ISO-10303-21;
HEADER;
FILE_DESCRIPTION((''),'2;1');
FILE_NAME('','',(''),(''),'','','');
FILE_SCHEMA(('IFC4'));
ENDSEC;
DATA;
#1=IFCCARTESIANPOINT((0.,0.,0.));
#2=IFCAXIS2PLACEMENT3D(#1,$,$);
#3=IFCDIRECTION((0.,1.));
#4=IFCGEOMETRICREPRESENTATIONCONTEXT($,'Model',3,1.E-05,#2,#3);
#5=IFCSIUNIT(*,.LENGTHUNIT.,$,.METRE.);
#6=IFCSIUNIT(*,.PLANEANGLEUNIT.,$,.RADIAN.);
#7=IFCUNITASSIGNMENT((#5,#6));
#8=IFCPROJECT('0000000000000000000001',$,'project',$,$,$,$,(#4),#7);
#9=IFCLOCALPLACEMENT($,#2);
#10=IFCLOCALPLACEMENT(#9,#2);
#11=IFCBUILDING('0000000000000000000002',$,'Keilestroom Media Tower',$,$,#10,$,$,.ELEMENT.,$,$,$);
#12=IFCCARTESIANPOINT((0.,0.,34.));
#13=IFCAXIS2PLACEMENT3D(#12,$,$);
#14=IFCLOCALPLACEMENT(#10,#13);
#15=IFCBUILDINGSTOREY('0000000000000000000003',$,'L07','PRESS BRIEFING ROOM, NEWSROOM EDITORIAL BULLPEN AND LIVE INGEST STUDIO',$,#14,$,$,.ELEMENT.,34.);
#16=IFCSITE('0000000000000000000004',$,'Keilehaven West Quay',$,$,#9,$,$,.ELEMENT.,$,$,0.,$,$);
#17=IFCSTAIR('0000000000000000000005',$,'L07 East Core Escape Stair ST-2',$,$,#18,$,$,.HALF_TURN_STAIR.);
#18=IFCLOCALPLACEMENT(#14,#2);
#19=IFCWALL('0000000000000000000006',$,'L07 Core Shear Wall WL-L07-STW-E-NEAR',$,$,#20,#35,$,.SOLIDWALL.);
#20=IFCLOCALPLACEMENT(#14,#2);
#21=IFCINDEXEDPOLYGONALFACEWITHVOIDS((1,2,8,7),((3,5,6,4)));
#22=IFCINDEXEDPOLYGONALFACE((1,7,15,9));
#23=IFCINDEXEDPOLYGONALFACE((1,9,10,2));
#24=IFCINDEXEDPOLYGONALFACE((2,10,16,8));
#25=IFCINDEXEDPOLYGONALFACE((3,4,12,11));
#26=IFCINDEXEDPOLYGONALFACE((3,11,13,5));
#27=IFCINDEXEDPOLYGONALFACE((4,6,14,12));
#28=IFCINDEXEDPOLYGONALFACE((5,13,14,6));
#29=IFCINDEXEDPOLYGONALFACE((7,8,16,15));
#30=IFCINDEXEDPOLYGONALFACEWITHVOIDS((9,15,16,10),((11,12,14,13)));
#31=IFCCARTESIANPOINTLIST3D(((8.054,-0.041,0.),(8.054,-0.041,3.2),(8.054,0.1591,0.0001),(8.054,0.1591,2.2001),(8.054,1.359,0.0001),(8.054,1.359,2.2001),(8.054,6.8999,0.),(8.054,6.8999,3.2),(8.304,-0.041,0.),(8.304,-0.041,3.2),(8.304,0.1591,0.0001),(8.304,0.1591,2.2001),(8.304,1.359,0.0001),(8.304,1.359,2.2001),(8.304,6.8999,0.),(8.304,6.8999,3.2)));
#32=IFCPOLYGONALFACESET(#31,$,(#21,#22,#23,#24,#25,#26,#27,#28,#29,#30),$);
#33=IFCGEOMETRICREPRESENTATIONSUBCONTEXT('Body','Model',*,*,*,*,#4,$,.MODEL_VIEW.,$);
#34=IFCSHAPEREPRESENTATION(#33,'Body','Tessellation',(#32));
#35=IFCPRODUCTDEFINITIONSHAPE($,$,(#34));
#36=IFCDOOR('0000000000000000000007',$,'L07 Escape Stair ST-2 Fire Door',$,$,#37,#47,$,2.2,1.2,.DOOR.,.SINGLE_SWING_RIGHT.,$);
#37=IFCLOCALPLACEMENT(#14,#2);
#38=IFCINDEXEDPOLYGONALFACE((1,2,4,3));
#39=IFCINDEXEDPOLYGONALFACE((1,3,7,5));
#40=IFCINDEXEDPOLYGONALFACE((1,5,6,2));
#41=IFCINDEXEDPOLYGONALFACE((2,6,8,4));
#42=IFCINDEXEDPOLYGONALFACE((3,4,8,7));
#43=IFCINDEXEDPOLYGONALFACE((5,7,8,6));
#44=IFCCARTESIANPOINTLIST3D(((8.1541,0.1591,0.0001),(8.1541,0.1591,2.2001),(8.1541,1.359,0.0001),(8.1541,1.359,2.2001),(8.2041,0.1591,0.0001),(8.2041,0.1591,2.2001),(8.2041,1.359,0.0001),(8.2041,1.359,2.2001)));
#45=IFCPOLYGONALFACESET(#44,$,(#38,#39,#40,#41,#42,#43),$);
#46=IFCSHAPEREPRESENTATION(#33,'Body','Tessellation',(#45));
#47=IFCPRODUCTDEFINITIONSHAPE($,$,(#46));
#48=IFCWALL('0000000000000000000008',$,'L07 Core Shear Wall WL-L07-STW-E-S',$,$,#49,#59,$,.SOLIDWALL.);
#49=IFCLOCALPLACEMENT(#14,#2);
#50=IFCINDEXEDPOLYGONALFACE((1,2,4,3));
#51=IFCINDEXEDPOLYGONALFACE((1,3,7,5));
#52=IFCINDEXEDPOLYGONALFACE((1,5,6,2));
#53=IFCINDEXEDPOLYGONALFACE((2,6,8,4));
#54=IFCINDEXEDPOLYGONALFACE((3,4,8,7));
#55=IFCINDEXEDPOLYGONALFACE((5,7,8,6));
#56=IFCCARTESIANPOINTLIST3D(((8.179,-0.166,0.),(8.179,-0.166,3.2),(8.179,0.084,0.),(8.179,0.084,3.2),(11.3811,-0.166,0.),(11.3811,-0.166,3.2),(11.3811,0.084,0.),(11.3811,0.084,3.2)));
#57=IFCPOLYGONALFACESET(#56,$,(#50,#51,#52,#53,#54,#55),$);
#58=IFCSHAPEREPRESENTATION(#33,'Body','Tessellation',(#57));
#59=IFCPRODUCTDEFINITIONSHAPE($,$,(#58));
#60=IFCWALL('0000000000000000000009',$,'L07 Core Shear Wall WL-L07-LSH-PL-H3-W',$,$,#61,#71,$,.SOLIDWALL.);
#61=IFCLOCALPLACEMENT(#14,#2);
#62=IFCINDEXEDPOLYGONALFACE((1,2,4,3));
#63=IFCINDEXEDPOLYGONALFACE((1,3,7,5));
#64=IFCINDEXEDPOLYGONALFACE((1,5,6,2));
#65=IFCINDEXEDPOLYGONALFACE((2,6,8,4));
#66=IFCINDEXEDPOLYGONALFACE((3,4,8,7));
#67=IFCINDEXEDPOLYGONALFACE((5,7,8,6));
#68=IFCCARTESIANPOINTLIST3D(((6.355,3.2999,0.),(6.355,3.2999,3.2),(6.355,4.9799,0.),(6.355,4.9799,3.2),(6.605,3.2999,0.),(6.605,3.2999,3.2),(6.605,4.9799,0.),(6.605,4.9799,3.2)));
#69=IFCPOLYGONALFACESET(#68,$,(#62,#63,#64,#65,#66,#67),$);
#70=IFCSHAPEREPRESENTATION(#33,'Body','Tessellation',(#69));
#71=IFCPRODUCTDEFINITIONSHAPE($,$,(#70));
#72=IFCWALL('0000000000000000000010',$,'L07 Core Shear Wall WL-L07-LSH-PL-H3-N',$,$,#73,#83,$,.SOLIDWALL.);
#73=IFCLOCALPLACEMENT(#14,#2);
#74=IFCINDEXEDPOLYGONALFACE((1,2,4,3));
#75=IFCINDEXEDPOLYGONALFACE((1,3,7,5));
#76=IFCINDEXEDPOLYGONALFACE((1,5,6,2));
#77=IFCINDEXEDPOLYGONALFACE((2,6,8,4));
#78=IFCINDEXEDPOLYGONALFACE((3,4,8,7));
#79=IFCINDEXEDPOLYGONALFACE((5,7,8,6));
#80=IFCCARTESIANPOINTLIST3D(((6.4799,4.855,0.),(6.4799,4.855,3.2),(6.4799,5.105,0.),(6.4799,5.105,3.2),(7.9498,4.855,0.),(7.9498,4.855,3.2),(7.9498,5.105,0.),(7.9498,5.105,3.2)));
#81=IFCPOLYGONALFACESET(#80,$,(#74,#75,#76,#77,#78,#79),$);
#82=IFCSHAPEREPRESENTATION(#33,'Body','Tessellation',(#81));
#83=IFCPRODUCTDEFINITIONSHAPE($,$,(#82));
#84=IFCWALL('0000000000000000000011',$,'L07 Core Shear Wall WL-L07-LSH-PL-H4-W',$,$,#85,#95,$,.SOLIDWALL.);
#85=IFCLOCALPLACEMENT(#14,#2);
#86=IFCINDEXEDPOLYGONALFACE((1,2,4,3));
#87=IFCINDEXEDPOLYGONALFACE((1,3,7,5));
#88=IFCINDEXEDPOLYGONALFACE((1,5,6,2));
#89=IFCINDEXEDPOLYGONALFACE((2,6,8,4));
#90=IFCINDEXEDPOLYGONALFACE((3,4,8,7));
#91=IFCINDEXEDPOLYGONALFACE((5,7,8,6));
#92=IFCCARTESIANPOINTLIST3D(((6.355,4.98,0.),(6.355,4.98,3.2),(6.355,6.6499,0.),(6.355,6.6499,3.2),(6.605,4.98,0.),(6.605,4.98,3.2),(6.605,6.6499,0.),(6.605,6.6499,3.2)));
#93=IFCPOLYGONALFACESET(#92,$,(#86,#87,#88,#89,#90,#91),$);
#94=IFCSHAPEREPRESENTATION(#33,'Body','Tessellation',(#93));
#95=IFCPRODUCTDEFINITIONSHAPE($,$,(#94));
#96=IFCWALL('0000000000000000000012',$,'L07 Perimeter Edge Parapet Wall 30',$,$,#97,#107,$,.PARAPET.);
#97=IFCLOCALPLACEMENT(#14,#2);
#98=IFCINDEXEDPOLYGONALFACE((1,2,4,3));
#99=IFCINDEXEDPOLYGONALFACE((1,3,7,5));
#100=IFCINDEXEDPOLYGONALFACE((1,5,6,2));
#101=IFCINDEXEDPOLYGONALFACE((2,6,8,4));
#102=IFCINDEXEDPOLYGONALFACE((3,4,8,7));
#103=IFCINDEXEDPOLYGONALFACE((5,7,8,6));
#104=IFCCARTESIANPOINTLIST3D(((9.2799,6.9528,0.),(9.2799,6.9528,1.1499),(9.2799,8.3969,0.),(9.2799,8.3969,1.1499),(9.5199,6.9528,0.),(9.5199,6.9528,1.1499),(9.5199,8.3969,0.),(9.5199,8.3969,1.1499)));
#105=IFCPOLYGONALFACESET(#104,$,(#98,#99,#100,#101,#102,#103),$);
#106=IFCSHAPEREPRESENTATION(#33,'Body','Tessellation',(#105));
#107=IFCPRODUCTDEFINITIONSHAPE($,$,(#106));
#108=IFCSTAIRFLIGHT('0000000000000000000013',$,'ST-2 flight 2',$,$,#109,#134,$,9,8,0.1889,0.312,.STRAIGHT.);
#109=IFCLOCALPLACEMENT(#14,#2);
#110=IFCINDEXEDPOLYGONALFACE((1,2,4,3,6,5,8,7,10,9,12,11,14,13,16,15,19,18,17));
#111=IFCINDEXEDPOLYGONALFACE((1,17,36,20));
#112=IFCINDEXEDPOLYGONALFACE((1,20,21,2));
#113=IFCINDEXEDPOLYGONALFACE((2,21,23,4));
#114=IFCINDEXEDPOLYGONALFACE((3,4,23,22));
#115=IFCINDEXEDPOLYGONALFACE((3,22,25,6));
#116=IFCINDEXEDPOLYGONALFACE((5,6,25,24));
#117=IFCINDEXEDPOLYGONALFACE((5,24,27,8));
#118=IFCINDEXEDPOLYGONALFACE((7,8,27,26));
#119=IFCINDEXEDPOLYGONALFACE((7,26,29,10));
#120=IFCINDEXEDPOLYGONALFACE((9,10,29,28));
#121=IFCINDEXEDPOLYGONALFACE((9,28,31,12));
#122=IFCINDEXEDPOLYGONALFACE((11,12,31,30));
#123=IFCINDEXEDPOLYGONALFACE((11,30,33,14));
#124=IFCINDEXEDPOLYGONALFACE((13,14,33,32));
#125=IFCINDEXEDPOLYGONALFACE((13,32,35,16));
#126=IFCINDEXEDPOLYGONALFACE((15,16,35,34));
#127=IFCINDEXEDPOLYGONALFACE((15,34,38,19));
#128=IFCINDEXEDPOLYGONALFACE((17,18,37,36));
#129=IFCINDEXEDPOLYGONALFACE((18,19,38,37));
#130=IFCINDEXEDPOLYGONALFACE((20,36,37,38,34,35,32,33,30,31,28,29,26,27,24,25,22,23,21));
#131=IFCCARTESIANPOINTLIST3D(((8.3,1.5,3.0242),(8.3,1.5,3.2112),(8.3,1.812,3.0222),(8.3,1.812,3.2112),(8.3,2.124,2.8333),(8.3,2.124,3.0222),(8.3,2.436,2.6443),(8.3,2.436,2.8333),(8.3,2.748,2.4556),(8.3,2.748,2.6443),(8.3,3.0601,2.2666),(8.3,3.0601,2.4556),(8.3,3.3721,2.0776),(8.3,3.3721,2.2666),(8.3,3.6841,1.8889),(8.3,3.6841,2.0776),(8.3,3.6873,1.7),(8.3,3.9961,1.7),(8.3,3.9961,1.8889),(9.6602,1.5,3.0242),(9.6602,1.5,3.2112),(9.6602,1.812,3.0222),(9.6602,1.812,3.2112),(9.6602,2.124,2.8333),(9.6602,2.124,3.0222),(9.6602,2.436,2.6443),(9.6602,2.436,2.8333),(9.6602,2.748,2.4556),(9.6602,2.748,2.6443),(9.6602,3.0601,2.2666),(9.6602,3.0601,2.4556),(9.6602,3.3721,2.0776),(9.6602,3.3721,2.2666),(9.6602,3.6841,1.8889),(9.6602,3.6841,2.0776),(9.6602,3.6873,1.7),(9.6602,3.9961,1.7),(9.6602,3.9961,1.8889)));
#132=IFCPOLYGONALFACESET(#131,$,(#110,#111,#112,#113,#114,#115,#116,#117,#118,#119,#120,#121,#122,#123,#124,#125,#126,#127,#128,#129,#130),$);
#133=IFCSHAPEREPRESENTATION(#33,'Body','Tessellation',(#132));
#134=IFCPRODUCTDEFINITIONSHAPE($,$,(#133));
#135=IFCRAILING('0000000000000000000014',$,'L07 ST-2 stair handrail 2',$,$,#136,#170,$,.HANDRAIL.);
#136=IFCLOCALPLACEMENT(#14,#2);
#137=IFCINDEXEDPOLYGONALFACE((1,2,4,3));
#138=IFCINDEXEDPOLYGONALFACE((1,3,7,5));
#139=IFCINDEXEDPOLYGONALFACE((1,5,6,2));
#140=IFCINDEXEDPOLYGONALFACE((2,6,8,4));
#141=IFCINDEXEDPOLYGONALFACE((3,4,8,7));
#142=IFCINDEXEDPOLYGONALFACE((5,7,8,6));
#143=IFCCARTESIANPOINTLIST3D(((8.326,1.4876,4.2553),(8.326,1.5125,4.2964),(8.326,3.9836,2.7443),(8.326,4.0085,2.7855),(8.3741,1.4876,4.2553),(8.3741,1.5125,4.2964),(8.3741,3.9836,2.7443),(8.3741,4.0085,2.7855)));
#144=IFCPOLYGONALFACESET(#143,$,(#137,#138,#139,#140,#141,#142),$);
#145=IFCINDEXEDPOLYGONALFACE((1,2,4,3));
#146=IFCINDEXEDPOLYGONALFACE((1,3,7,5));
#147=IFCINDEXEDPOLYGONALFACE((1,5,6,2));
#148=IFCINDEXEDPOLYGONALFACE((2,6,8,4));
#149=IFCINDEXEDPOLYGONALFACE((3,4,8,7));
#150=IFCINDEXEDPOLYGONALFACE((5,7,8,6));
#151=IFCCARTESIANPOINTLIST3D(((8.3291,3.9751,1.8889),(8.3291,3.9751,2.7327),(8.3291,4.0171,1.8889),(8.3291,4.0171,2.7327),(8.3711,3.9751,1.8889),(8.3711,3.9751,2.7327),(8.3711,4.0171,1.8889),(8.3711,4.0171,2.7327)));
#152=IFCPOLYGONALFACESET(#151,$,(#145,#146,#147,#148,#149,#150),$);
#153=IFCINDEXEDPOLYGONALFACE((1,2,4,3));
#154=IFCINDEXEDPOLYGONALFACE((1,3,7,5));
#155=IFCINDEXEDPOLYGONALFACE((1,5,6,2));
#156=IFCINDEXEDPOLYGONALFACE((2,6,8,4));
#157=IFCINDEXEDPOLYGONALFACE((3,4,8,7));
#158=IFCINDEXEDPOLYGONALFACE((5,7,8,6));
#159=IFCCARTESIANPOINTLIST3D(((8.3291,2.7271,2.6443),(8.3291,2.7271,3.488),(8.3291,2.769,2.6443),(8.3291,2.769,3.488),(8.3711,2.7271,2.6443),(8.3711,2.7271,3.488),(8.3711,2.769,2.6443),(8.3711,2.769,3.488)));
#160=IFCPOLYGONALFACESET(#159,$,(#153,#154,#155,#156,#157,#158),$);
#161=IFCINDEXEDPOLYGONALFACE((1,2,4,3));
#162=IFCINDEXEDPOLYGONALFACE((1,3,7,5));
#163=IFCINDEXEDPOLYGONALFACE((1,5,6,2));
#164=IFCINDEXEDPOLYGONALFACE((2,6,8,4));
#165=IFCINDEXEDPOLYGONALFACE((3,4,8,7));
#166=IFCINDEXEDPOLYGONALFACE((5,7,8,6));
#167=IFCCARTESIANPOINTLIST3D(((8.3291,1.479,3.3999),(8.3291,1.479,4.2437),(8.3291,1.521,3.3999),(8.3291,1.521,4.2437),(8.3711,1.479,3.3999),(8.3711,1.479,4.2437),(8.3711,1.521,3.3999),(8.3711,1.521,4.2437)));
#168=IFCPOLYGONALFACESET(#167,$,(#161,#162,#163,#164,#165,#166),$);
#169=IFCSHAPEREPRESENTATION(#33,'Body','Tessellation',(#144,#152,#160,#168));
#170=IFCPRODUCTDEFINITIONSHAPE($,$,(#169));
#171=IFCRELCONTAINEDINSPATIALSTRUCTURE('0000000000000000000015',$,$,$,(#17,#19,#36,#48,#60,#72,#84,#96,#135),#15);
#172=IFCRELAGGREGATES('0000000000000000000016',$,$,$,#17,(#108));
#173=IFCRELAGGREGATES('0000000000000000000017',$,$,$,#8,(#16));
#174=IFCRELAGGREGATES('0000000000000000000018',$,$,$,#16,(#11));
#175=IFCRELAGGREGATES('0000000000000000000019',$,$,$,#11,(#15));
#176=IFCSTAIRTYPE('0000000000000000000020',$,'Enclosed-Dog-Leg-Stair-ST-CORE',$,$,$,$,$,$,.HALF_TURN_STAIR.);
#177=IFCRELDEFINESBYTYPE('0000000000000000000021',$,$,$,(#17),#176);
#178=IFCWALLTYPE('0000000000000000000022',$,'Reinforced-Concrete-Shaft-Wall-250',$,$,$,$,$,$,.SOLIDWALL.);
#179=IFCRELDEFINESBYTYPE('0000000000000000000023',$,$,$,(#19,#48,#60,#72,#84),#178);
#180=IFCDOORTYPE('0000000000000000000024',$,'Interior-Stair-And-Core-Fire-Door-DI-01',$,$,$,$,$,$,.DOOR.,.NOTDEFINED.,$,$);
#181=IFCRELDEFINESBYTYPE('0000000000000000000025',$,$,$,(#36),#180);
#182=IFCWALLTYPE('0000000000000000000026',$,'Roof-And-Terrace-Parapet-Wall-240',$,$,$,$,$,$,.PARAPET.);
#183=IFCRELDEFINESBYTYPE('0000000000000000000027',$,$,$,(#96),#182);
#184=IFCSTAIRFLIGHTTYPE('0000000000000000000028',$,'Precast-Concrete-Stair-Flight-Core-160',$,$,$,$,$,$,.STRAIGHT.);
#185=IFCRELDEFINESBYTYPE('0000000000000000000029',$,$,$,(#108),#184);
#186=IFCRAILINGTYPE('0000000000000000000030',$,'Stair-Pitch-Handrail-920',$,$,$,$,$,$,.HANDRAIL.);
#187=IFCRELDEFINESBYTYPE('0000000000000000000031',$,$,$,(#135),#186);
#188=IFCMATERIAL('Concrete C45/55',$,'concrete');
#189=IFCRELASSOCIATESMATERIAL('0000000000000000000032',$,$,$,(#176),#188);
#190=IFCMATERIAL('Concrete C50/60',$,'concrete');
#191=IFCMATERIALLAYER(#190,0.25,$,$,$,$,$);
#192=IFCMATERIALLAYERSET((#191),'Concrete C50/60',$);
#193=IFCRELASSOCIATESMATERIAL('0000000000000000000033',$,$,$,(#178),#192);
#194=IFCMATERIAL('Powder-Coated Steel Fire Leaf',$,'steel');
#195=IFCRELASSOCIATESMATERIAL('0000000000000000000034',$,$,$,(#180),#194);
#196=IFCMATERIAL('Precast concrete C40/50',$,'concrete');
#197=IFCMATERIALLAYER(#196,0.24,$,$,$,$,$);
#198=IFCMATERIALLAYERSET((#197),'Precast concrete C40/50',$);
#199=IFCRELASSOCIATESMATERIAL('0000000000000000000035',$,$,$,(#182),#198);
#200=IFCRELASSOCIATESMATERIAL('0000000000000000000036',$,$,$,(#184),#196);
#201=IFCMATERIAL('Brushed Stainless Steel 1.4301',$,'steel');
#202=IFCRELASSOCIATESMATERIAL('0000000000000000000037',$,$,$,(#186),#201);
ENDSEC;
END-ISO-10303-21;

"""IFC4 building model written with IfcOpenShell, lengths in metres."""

from ifc_helpers import new_model, si_unit, direction, frame, frame_2d, origin, origin_2d, place, context, subcontext, project, spatial, polyline, rectangle, outline, extrude, source, transform, mapped, material, layer, layer_set, type_object, element, fill, aggregate, save


model = new_model("IFC4")

# Units and contexts
model_context = context("Model", 3, precision=1e-05, world=origin(), true_north=direction((0.0, 1.0)))
body_context = subcontext(model_context, "Body", "Model", "MODEL_VIEW")
ifc_project = project(units=[si_unit("LENGTHUNIT", "METRE"), si_unit("PLANEANGLEUNIT", "RADIAN")], contexts=[model_context])

# Site, building, storey
site_placement = place(None, origin())
site = spatial("IfcSite", under=ifc_project, at=site_placement, Name="Keilehaven West Quay", CompositionType="ELEMENT", RefElevation=0.0)
building_placement = place(site_placement, origin())
building = spatial("IfcBuilding", under=site, at=building_placement, Name="Keilestroom Media Tower", CompositionType="ELEMENT")
storey_placement = place(building_placement, frame((0.0, 0.0, 34.0)))
storey = spatial("IfcBuildingStorey", under=building, at=storey_placement, Name="L07", Description="PRESS BRIEFING ROOM, NEWSROOM EDITORIAL BULLPEN AND LIVE INGEST STUDIO", CompositionType="ELEMENT", Elevation=34.0)

# Stair
ifc_material_1 = material(Name="Concrete C45/55", Category="concrete")
stair_type = type_object("IfcStairType", Name="Enclosed-Dog-Leg-Stair-ST-CORE", PredefinedType="HALF_TURN_STAIR", material=ifc_material_1)
stair_1_placement = place(storey_placement, origin())
stair_1 = element("IfcStair", 1, at=stair_1_placement, inside=storey, type_object=stair_type, Name="L07 East Core Escape Stair ST-2", PredefinedType="HALF_TURN_STAIR")

# Shared definitions
ifc_material_2 = material(Name="Concrete C50/60", Category="concrete")
ifc_layer_1 = layer(ifc_material_2, 0.25)
ifc_layer_set_1 = layer_set([ifc_layer_1], Name="Concrete C50/60")
wall_type_1 = type_object("IfcWallType", Name="Reinforced-Concrete-Shaft-Wall-250", PredefinedType="SOLIDWALL", material=ifc_layer_set_1)

# Wall, opening, door
wall_1_placement = place(storey_placement, frame((8.179, -0.041, 0.0), z_axis=(0.0, 0.0, 1.0), x_axis=(0.0, 1.0, 0.0)))
wall_1 = element("IfcWall", 2, at=wall_1_placement, inside=storey, type_object=wall_type_1, Name="L07 Core Shear Wall WL-L07-STW-E-NEAR", PredefinedType="SOLIDWALL", context=body_context, shape_type="SweptSolid", body=[
    extrude(rectangle(XDim=6.9409, YDim=0.25, at=frame_2d((3.4705, 0.0))), origin(), (0.0, 0.0, 1.0), 3.2),
])
opening_placement = place(wall_1_placement, frame((0.2, 0.0, 0.0)))
opening = element("IfcOpeningElement", 3, at=opening_placement, cuts=wall_1, PredefinedType="OPENING", context=body_context, shape_type="SweptSolid", body=[
    extrude(rectangle(XDim=1.2, YDim=2.2, at=frame_2d((0.6001, 1.1001))), frame((0.0, 0.135, 0.0), z_axis=(0.0, -1.0, 0.0), x_axis=(1.0, 0.0, 0.0)), (0.0, 0.0, 1.0), 0.27),
])
ifc_material_3 = material(Name="Powder-Coated Steel Fire Leaf", Category="steel")
door_type = type_object("IfcDoorType", Name="Interior-Stair-And-Core-Fire-Door-DI-01", OperationType="NOTDEFINED", PredefinedType="DOOR", material=ifc_material_3)
shared_shape_1 = source(origin(), body_context, "Body", "SweptSolid", [
    extrude(rectangle(XDim=1.2, YDim=2.2, at=frame_2d((0.6001, 1.1001))), frame((0.0, 0.0249, 0.0), z_axis=(0.0, -1.0, 0.0), x_axis=(1.0, 0.0, 0.0)), (0.0, 0.0, 1.0), 0.05),
])
door_placement = place(opening_placement, origin())
door = element("IfcDoor", 4, at=door_placement, inside=storey, type_object=door_type, Name="L07 Escape Stair ST-2 Fire Door", OperationType="SINGLE_SWING_RIGHT", OverallHeight=2.2, OverallWidth=1.2, PredefinedType="DOOR", context=body_context, shape_type="MappedRepresentation", body=[
    mapped(shared_shape_1, transform((0.0, 0.0, 0.0), x_axis=(1.0, 0.0, 0.0), y_axis=(0.0, 1.0, 0.0), z_axis=(0.0, 0.0, 1.0), scale=1.0)),
])
fill(opening, door)

# Walls
wall_2_placement = place(storey_placement, frame((8.179, -0.041, 0.0), z_axis=(0.0, 0.0, 1.0), x_axis=(1.0, 0.0, 0.0)))
element("IfcWall", 5, at=wall_2_placement, inside=storey, type_object=wall_type_1, Name="L07 Core Shear Wall WL-L07-STW-E-S", PredefinedType="SOLIDWALL", context=body_context, shape_type="SweptSolid", body=[
    extrude(rectangle(XDim=3.2021, YDim=0.25, at=frame_2d((1.6011, 0.0))), origin(), (0.0, 0.0, 1.0), 3.2),
])
wall_3_placement = place(storey_placement, frame((6.48, 3.3, 0.0), z_axis=(0.0, 0.0, 1.0), x_axis=(0.0, 1.0, 0.0)))
element("IfcWall", 6, at=wall_3_placement, inside=storey, type_object=wall_type_1, Name="L07 Core Shear Wall WL-L07-LSH-PL-H3-W", PredefinedType="SOLIDWALL", context=body_context, shape_type="SweptSolid", body=[
    extrude(rectangle(XDim=1.6799, YDim=0.25, at=frame_2d((0.8398, 0.0))), origin(), (0.0, 0.0, 1.0), 3.2),
])
wall_4_placement = place(storey_placement, frame((6.48, 4.98, 0.0), z_axis=(0.0, 0.0, 1.0), x_axis=(1.0, 0.0, 0.0)))
element("IfcWall", 7, at=wall_4_placement, inside=storey, type_object=wall_type_1, Name="L07 Core Shear Wall WL-L07-LSH-PL-H3-N", PredefinedType="SOLIDWALL", context=body_context, shape_type="SweptSolid", body=[
    extrude(rectangle(XDim=1.47, YDim=0.25, at=frame_2d((0.7349, 0.0))), origin(), (0.0, 0.0, 1.0), 3.2),
])
wall_5_placement = place(storey_placement, frame((6.48, 4.98, 0.0), z_axis=(0.0, 0.0, 1.0), x_axis=(0.0, 1.0, 0.0)))
element("IfcWall", 8, at=wall_5_placement, inside=storey, type_object=wall_type_1, Name="L07 Core Shear Wall WL-L07-LSH-PL-H4-W", PredefinedType="SOLIDWALL", context=body_context, shape_type="SweptSolid", body=[
    extrude(rectangle(XDim=1.6699, YDim=0.25, at=frame_2d((0.835, 0.0))), origin(), (0.0, 0.0, 1.0), 3.2),
])
ifc_material_4 = material(Name="Precast concrete C40/50", Category="concrete")
ifc_layer_2 = layer(ifc_material_4, 0.24)
ifc_layer_set_2 = layer_set([ifc_layer_2], Name="Precast concrete C40/50")
wall_type_2 = type_object("IfcWallType", Name="Roof-And-Terrace-Parapet-Wall-240", PredefinedType="PARAPET", material=ifc_layer_set_2)
wall_6_placement = place(storey_placement, frame((9.3999, 8.397, 0.0), z_axis=(0.0, 0.0, 1.0), x_axis=(0.0, -1.0, 0.0)))
element("IfcWall", 9, at=wall_6_placement, inside=storey, type_object=wall_type_2, Name="L07 Perimeter Edge Parapet Wall 30", PredefinedType="PARAPET", context=body_context, shape_type="SweptSolid", body=[
    extrude(rectangle(XDim=1.4441, YDim=0.24, at=frame_2d((0.7222, 0.0))), origin(), (0.0, 0.0, 1.0), 1.1499),
])

# Stair flight
stair_flight_type = type_object("IfcStairFlightType", Name="Precast-Concrete-Stair-Flight-Core-160", PredefinedType="STRAIGHT", material=ifc_material_4)
stair_flight_placement = place(storey_placement, frame((8.98, 3.9961, 1.7), z_axis=(0.0, 0.0, 1.0), x_axis=(0.0, -1.0, 0.0)))
stair_flight = element("IfcStairFlight", 10, at=stair_flight_placement, type_object=stair_flight_type, Name="ST-2 flight 2", NumberOfRisers=9, NumberOfTreads=8, PredefinedType="STRAIGHT", RiserHeight=0.1889, TreadLength=0.312, context=body_context, shape_type="SweptSolid", body=[
    extrude(outline(polyline([(0.0, 0.0), (0.0, 0.189), (0.312, 0.189), (0.312, 0.3777), (0.624, 0.3777), (0.624, 0.5667), (0.936, 0.5667), (0.936, 0.7556), (1.248, 0.7556), (1.248, 0.9443), (1.5601, 0.9443), (1.5601, 1.1333), (1.8721, 1.1333), (1.8721, 1.3223), (2.1841, 1.3223), (2.1841, 1.5112), (2.4961, 1.5112), (2.4961, 1.7), (2.4961, 1.3242), (0.3088, 0.0), (0.0, 0.0)])), frame((0.0, 0.6802, 0.0), z_axis=(0.0, -1.0, 0.0), x_axis=(1.0, 0.0, 0.0)), (0.0, 0.0, 1.0), 1.3601),
])
aggregate(stair_1, [stair_flight])

# Railing
ifc_material_5 = material(Name="Brushed Stainless Steel 1.4301", Category="steel")
railing_type_1 = type_object("IfcRailingType", Name="Stair-Pitch-Handrail-920", PredefinedType="HANDRAIL", material=ifc_material_5)
railing_1_placement = place(storey_placement, frame((8.3501, 3.9961, 1.8889)))
element("IfcRailing", 11, at=railing_1_placement, inside=storey, type_object=railing_type_1, Name="L07 ST-2 stair handrail 2", PredefinedType="HANDRAIL", context=body_context, shape_type="SweptSolid", body=[
    extrude(rectangle(XDim=0.0481, YDim=0.0481, at=origin_2d()), frame((0.0, 0.0, 0.876), z_axis=(0.0, -0.855471, 0.517851), x_axis=(1.0, 0.0, 0.0)), (0.0, 0.0, 1.0), 2.9177),
    extrude(rectangle(XDim=0.042, YDim=0.042, at=origin_2d()), origin(), (0.0, 0.0, 1.0), 0.8438),
    extrude(rectangle(XDim=0.042, YDim=0.042, at=origin_2d()), frame((0.0, -1.248, 0.7554)), (0.0, 0.0, 1.0), 0.8438),
    extrude(rectangle(XDim=0.042, YDim=0.042, at=origin_2d()), frame((0.0, -2.4961, 1.511)), (0.0, 0.0, 1.0), 0.8438),
])

save(model, "model.ifc")
